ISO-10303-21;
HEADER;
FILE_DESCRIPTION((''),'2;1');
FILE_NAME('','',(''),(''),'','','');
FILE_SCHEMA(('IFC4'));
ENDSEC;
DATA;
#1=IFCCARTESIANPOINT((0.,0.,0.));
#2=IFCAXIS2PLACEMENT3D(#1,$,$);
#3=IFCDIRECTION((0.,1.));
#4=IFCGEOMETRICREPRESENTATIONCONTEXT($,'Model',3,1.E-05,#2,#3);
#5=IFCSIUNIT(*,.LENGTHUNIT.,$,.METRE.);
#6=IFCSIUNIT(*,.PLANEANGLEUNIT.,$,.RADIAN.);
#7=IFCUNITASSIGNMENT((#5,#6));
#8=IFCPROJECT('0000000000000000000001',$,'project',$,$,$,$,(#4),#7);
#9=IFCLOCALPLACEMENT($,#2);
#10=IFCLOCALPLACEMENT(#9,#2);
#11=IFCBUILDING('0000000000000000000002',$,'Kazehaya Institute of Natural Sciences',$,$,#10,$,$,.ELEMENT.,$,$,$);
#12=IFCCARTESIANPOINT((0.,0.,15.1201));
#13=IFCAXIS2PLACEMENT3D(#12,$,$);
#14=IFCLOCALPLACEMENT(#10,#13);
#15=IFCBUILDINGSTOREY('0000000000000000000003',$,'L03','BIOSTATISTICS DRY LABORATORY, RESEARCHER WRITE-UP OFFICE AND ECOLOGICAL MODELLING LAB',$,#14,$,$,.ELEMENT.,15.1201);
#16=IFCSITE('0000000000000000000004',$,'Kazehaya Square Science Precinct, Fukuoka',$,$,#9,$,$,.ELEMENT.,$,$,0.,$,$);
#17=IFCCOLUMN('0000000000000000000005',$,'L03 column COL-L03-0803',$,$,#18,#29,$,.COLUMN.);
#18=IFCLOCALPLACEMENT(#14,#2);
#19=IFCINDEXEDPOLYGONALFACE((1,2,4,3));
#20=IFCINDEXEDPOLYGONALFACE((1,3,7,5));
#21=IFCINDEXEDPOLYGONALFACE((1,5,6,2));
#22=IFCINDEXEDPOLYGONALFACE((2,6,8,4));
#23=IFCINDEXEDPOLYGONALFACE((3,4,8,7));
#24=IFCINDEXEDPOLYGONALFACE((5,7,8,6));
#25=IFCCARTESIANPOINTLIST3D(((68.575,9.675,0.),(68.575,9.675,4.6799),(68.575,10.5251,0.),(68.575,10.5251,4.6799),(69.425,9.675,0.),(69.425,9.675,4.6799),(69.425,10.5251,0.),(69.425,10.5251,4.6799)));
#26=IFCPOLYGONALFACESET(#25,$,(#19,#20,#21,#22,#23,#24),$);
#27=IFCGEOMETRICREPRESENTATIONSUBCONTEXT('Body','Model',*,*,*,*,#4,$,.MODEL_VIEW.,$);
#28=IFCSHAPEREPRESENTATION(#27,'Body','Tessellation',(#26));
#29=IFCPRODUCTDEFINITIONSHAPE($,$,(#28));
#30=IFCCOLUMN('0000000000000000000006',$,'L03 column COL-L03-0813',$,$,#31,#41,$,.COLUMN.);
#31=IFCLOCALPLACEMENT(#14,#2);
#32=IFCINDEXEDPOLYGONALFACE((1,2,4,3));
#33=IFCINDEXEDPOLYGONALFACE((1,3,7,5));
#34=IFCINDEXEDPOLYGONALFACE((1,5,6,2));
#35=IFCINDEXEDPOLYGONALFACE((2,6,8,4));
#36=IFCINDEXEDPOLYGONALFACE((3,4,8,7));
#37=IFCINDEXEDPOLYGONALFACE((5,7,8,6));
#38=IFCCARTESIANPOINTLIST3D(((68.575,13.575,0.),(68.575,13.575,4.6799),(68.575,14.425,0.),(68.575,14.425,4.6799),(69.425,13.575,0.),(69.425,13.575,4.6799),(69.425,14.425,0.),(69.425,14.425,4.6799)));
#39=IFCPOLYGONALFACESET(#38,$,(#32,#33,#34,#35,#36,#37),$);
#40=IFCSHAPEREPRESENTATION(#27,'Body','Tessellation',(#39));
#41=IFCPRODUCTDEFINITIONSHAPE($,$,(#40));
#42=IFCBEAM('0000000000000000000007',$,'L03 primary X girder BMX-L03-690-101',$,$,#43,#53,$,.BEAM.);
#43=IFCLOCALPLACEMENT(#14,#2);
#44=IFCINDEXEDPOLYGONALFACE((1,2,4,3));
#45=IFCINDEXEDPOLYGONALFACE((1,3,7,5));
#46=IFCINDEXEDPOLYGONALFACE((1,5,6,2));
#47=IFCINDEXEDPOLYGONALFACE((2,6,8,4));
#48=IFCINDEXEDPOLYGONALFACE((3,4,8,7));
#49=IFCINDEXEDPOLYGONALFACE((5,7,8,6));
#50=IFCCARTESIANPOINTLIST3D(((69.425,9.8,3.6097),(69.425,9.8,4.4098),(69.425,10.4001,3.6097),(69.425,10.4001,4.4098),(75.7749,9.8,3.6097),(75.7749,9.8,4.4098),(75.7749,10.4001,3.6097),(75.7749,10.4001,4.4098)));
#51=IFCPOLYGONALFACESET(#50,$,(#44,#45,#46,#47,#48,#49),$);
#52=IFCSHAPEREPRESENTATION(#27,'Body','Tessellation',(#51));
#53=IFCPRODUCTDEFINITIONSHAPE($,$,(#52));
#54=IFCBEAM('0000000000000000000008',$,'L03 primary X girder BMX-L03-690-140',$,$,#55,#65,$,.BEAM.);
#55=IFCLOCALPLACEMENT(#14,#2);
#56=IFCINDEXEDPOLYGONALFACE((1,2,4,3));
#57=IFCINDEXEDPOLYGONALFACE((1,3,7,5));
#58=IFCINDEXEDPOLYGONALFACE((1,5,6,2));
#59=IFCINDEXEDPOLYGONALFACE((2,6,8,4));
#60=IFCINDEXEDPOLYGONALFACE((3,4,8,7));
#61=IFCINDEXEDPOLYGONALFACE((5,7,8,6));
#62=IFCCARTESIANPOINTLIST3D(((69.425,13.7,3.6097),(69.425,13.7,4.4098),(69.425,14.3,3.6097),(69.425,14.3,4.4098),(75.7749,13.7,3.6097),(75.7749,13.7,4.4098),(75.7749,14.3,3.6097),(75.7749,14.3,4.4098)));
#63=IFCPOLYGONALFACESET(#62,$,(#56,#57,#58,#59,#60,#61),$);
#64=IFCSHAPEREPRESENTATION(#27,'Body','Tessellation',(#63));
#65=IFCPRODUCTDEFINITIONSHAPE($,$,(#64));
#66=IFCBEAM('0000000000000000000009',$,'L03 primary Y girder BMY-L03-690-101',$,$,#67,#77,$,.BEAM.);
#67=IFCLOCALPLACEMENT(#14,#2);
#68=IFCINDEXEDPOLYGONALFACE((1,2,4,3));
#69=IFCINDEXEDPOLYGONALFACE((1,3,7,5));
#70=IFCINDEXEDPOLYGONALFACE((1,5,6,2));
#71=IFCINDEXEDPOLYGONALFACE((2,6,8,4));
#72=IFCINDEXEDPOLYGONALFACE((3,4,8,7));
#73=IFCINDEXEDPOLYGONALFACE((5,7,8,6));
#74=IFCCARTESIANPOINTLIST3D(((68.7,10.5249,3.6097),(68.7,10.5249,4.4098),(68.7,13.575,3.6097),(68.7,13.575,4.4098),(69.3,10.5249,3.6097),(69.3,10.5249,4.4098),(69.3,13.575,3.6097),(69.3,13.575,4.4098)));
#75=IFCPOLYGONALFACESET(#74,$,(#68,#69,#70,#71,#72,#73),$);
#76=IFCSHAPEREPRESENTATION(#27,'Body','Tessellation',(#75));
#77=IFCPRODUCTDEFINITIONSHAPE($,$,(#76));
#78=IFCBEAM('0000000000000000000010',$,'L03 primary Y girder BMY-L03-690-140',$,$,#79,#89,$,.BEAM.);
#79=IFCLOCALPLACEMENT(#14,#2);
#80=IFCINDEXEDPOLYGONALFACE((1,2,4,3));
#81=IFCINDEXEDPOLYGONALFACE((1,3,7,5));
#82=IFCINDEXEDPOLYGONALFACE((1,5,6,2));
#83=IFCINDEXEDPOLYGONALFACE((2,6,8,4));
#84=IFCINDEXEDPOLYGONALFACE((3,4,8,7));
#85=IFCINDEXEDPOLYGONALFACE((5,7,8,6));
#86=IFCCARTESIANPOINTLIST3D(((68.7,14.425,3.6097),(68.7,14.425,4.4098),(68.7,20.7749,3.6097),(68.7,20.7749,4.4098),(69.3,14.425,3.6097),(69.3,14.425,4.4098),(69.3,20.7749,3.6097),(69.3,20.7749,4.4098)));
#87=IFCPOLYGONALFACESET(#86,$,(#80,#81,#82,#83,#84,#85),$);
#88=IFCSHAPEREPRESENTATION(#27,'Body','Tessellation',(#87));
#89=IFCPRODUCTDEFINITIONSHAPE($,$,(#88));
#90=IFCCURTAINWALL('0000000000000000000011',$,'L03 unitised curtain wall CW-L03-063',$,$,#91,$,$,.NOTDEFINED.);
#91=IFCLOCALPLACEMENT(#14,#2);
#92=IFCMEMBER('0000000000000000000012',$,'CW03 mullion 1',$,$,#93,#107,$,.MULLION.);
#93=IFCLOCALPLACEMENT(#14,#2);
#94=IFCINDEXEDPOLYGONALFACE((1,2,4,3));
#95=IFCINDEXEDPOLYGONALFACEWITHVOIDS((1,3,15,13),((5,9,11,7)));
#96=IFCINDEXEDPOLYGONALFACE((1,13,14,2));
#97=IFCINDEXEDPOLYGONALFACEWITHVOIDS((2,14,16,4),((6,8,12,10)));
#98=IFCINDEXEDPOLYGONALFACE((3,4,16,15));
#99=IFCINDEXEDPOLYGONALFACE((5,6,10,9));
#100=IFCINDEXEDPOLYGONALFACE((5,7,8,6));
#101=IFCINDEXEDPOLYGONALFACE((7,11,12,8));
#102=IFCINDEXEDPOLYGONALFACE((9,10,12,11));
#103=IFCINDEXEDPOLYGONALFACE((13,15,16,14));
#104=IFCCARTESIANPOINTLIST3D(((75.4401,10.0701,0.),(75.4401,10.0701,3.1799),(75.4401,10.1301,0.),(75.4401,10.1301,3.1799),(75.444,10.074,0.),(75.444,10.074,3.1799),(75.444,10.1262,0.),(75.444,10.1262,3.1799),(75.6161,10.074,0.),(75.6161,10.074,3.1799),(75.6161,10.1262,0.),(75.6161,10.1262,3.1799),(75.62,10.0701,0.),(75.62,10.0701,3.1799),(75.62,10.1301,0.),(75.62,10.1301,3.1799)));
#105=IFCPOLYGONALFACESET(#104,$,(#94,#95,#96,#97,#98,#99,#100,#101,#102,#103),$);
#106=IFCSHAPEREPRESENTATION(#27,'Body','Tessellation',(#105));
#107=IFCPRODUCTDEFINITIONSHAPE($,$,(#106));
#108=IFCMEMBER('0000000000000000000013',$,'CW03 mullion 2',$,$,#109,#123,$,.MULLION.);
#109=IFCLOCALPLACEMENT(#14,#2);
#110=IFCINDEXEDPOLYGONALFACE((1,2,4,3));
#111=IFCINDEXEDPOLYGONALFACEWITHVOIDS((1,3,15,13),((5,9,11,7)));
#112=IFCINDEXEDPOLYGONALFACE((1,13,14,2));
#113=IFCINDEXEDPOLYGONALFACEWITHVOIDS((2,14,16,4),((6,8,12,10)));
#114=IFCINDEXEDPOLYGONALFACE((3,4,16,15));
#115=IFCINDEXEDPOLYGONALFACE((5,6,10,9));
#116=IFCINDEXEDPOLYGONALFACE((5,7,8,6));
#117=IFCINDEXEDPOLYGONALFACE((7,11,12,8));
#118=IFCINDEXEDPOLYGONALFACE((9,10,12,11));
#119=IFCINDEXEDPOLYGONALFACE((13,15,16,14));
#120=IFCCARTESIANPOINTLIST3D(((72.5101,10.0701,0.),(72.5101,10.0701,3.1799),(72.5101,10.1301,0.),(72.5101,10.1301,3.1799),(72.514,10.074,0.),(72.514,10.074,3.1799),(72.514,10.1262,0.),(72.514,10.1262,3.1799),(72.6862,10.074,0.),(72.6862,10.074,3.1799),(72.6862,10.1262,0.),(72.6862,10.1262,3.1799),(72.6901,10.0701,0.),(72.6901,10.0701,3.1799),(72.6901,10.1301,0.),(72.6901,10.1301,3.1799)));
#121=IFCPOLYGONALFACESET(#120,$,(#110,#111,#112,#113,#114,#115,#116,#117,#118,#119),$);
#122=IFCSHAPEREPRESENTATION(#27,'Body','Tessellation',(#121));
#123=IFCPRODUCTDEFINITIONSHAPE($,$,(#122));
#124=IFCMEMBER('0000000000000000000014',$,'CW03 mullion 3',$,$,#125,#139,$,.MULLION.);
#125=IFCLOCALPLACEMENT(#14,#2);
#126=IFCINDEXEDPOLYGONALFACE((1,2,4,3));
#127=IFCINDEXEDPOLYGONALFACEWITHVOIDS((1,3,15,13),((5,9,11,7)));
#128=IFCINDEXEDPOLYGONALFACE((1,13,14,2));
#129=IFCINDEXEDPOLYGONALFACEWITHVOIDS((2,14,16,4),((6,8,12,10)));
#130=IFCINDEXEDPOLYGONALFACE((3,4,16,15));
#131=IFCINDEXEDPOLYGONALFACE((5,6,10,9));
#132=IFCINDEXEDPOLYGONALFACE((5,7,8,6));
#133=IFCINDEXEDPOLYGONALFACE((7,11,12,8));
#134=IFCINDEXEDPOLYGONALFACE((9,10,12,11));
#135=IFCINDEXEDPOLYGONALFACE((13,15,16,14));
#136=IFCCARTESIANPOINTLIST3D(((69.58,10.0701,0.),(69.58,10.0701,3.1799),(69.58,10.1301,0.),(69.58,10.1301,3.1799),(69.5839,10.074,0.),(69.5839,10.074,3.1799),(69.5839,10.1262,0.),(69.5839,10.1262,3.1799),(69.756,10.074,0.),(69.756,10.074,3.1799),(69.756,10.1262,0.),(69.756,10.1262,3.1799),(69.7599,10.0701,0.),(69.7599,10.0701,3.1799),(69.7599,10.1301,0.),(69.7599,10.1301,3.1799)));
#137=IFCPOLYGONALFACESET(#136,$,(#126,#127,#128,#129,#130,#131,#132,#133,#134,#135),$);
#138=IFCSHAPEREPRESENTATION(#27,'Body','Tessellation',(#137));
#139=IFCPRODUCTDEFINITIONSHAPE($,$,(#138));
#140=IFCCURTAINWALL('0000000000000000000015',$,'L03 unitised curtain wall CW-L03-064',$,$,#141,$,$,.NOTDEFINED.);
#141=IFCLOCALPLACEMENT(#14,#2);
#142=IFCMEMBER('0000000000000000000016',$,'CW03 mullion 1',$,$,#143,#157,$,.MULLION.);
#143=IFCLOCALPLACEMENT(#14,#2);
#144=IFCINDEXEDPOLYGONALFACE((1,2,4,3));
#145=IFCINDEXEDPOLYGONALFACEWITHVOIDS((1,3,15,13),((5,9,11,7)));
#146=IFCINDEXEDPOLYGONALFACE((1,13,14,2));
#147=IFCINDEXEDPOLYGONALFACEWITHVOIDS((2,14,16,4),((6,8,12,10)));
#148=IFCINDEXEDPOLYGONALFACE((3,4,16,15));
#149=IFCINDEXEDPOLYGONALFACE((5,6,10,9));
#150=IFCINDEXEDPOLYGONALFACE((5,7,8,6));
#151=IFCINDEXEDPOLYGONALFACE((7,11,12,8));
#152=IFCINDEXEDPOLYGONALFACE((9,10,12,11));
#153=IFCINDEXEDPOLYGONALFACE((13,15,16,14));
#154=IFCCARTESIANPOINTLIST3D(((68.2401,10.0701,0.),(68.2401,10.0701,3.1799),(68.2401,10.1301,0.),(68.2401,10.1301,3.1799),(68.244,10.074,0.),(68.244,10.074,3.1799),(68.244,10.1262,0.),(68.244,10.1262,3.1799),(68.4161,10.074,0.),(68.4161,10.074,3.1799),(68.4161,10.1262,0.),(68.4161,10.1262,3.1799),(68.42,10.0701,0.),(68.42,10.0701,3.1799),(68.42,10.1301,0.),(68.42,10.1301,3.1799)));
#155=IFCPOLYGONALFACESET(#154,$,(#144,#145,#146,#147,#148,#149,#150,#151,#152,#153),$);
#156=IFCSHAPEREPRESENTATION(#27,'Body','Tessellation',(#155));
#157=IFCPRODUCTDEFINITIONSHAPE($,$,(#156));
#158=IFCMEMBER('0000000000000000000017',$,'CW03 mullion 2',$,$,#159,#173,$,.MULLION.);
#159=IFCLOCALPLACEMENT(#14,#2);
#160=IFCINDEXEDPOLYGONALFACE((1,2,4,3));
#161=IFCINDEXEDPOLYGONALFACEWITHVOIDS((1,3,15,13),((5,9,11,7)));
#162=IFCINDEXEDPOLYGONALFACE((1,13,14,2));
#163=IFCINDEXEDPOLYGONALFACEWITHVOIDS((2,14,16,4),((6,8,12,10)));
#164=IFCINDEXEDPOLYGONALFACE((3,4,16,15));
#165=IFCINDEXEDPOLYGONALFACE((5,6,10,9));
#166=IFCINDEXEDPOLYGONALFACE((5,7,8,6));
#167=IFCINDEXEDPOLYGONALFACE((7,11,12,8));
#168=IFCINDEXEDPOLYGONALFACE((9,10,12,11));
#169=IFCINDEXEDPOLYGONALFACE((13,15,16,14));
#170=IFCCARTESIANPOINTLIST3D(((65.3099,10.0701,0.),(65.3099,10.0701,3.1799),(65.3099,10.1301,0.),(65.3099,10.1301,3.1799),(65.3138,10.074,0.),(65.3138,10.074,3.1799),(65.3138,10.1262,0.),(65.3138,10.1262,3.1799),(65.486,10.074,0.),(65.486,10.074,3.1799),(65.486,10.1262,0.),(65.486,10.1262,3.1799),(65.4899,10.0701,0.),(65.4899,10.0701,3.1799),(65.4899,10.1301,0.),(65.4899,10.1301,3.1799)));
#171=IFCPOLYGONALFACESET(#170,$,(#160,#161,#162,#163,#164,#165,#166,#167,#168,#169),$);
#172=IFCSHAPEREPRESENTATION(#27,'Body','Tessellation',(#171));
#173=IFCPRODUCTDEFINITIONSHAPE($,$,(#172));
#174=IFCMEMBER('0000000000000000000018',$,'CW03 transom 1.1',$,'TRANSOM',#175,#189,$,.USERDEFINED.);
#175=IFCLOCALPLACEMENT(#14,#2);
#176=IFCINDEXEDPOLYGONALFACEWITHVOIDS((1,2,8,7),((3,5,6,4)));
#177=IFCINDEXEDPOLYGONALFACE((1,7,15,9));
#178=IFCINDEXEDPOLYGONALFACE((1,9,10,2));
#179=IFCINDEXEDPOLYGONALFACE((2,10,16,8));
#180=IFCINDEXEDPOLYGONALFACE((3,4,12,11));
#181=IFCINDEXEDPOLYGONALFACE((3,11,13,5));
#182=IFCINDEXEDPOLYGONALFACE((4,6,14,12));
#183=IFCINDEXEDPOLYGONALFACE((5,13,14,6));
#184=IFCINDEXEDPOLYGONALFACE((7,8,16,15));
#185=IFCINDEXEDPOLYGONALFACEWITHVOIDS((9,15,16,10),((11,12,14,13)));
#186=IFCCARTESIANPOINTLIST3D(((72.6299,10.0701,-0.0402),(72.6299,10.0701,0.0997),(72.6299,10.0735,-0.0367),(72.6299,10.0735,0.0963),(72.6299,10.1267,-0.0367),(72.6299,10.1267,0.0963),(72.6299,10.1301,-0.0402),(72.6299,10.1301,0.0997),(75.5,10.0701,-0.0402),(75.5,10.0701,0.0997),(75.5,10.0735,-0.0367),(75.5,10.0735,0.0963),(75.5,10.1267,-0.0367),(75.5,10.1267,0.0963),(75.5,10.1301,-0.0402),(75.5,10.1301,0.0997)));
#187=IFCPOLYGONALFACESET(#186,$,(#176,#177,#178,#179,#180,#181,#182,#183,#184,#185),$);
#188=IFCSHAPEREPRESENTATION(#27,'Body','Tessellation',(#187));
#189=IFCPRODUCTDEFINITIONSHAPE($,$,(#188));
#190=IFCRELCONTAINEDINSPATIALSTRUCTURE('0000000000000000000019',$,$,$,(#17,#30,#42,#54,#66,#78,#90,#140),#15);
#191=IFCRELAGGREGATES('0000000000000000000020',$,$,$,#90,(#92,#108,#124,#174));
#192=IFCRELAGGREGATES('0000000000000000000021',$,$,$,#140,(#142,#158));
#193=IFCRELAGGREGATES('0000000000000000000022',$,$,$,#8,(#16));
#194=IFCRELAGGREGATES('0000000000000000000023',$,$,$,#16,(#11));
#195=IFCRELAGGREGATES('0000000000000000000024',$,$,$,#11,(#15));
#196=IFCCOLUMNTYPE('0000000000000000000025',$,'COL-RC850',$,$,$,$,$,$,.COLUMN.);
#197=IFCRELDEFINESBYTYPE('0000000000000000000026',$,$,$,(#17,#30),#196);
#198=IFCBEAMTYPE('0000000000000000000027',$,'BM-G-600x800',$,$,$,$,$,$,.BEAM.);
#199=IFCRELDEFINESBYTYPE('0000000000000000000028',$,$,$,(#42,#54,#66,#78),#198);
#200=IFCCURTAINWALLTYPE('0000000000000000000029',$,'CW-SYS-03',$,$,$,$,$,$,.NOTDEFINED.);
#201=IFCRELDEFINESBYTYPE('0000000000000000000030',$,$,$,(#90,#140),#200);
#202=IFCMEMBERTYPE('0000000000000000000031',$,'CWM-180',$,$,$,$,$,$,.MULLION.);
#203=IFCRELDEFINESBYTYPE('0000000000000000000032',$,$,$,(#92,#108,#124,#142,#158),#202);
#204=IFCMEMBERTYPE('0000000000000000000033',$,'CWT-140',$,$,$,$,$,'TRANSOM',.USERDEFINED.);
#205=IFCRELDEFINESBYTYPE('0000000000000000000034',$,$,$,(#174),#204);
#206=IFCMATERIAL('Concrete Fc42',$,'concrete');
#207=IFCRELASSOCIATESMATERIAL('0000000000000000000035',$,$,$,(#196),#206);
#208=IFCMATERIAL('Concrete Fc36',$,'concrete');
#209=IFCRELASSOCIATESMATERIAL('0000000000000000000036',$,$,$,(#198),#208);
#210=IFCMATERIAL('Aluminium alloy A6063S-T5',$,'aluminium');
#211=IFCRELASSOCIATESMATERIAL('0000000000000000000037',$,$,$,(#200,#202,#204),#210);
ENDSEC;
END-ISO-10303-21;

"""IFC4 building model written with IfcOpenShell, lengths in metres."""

from ifc_helpers import new_model, si_unit, direction, frame, origin, origin_2d, place, context, subcontext, project, spatial, rectangle, hollow_rectangle, extrude, material, material_profile, profile_set, type_object, element, aggregate, save


model = new_model("IFC4")

# Units and contexts
model_context = context("Model", 3, precision=1e-05, world=origin(), true_north=direction((0.0, 1.0)))
body_context = subcontext(model_context, "Body", "Model", "MODEL_VIEW")
ifc_project = project(units=[si_unit("LENGTHUNIT", "METRE"), si_unit("PLANEANGLEUNIT", "RADIAN")], contexts=[model_context])

# Site, building, storey
site_placement = place(None, origin())
site = spatial("IfcSite", under=ifc_project, at=site_placement, Name="Kazehaya Square Science Precinct, Fukuoka", CompositionType="ELEMENT", RefElevation=0.0)
building_placement = place(site_placement, origin())
building = spatial("IfcBuilding", under=site, at=building_placement, Name="Kazehaya Institute of Natural Sciences", CompositionType="ELEMENT")
storey_placement = place(building_placement, frame((0.0, 0.0, 15.1201)))
storey = spatial("IfcBuildingStorey", under=building, at=storey_placement, Name="L03", Description="BIOSTATISTICS DRY LABORATORY, RESEARCHER WRITE-UP OFFICE AND ECOLOGICAL MODELLING LAB", CompositionType="ELEMENT", Elevation=15.1201)

# Columns
ifc_material_1 = material(Name="Concrete Fc42", Category="concrete")
ifc_material_profile_1 = material_profile(ifc_material_1, rectangle(XDim=0.8501, YDim=0.8501, at=origin_2d()), Name="RC-850x850")
ifc_profile_set_1 = profile_set([ifc_material_profile_1], Name="Concrete Fc42")
column_type = type_object("IfcColumnType", Name="COL-RC850", PredefinedType="COLUMN", material=ifc_profile_set_1)
for number, where, z_axis, x_axis, name in (
    (1, (69.0, 10.1001, 0.0), (0.0, 0.0, 1.0), (1.0, 0.0, 0.0), "L03 column COL-L03-0803"),
    (2, (69.0, 14.0, 0.0), (0.0, 0.0, 1.0), (1.0, 0.0, 0.0), "L03 column COL-L03-0813"),
):
    element("IfcColumn", number, at=place(storey_placement, frame(where, z_axis=z_axis, x_axis=x_axis)), inside=storey, type_object=column_type, Name=name, PredefinedType="COLUMN", context=body_context, shape_type="SweptSolid", body=[
        extrude(rectangle(XDim=0.8501, YDim=0.8501, at=origin_2d()), origin(), (0.0, 0.0, 1.0), 4.6799),
    ])

# Beams
ifc_material_2 = material(Name="Concrete Fc36", Category="concrete")
ifc_material_profile_2 = material_profile(ifc_material_2, rectangle(XDim=0.6001, YDim=0.8, at=origin_2d()), Name="RC-600x800")
ifc_profile_set_2 = profile_set([ifc_material_profile_2], Name="Concrete Fc36")
beam_type = type_object("IfcBeamType", Name="BM-G-600x800", PredefinedType="BEAM", material=ifc_profile_set_2)
for number, where, z_axis, x_axis, name in (
    (3, (69.425, 10.1001, 4.0098), (1.0, 0.0, 0.0), (0.0, 1.0, 0.0), "L03 primary X girder BMX-L03-690-101"),
    (4, (69.425, 14.0, 4.0098), (1.0, 0.0, 0.0), (0.0, 1.0, 0.0), "L03 primary X girder BMX-L03-690-140"),
):
    element("IfcBeam", number, at=place(storey_placement, frame(where, z_axis=z_axis, x_axis=x_axis)), inside=storey, type_object=beam_type, Name=name, PredefinedType="BEAM", context=body_context, shape_type="SweptSolid", body=[
        extrude(rectangle(XDim=0.6001, YDim=0.8, at=origin_2d()), origin(), (0.0, 0.0, 1.0), 6.3499),
    ])
beam_1_placement = place(storey_placement, frame((69.0, 10.5249, 4.0098), z_axis=(0.0, 1.0, 0.0), x_axis=(-1.0, 0.0, 0.0)))
element("IfcBeam", 5, at=beam_1_placement, inside=storey, type_object=beam_type, Name="L03 primary Y girder BMY-L03-690-101", PredefinedType="BEAM", context=body_context, shape_type="SweptSolid", body=[
    extrude(rectangle(XDim=0.6001, YDim=0.8, at=origin_2d()), origin(), (0.0, 0.0, 1.0), 3.05),
])
beam_2_placement = place(storey_placement, frame((69.0, 14.425, 4.0098), z_axis=(0.0, 1.0, 0.0), x_axis=(-1.0, 0.0, 0.0)))
element("IfcBeam", 6, at=beam_2_placement, inside=storey, type_object=beam_type, Name="L03 primary Y girder BMY-L03-690-140", PredefinedType="BEAM", context=body_context, shape_type="SweptSolid", body=[
    extrude(rectangle(XDim=0.6001, YDim=0.8, at=origin_2d()), origin(), (0.0, 0.0, 1.0), 6.3499),
])

# Curtain walls, members
ifc_material_3 = material(Name="Aluminium alloy A6063S-T5", Category="aluminium")
curtain_wall_type = type_object("IfcCurtainWallType", Name="CW-SYS-03", PredefinedType="NOTDEFINED", material=ifc_material_3)
curtain_wall_1_placement = place(storey_placement, origin())
curtain_wall_1 = element("IfcCurtainWall", 7, at=curtain_wall_1_placement, inside=storey, type_object=curtain_wall_type, Name="L03 unitised curtain wall CW-L03-063", PredefinedType="NOTDEFINED")
ifc_material_profile_3 = material_profile(ifc_material_3, hollow_rectangle(XDim=0.0601, YDim=0.1799, WallThickness=0.0039, at=origin_2d()), Name="ALU-60x180x4")
ifc_profile_set_3 = profile_set([ifc_material_profile_3], Name="Aluminium alloy A6063S-T5")
member_type_1 = type_object("IfcMemberType", Name="CWM-180", PredefinedType="MULLION", material=ifc_profile_set_3)
member_1_placement = place(storey_placement, frame((75.53, 10.1001, 0.0), z_axis=(0.0, 0.0, 1.0), x_axis=(0.0, -1.0, 0.0)))
member_1 = element("IfcMember", 8, at=member_1_placement, type_object=member_type_1, Name="CW03 mullion 1", PredefinedType="MULLION", context=body_context, shape_type="SweptSolid", body=[
    extrude(hollow_rectangle(XDim=0.0601, YDim=0.1799, WallThickness=0.0039, at=origin_2d()), origin(), (0.0, 0.0, 1.0), 3.1799),
])
member_2_placement = place(storey_placement, frame((72.6001, 10.1001, 0.0), z_axis=(0.0, 0.0, 1.0), x_axis=(0.0, -1.0, 0.0)))
member_2 = element("IfcMember", 9, at=member_2_placement, type_object=member_type_1, Name="CW03 mullion 2", PredefinedType="MULLION", context=body_context, shape_type="SweptSolid", body=[
    extrude(hollow_rectangle(XDim=0.0601, YDim=0.1799, WallThickness=0.0039, at=origin_2d()), origin(), (0.0, 0.0, 1.0), 3.1799),
])
member_3_placement = place(storey_placement, frame((69.6699, 10.1001, 0.0), z_axis=(0.0, 0.0, 1.0), x_axis=(0.0, -1.0, 0.0)))
member_3 = element("IfcMember", 10, at=member_3_placement, type_object=member_type_1, Name="CW03 mullion 3", PredefinedType="MULLION", context=body_context, shape_type="SweptSolid", body=[
    extrude(hollow_rectangle(XDim=0.0601, YDim=0.1799, WallThickness=0.0039, at=origin_2d()), origin(), (0.0, 0.0, 1.0), 3.1799),
])
curtain_wall_2_placement = place(storey_placement, origin())
curtain_wall_2 = element("IfcCurtainWall", 11, at=curtain_wall_2_placement, inside=storey, type_object=curtain_wall_type, Name="L03 unitised curtain wall CW-L03-064", PredefinedType="NOTDEFINED")
member_4_placement = place(storey_placement, frame((68.3301, 10.1001, 0.0), z_axis=(0.0, 0.0, 1.0), x_axis=(0.0, -1.0, 0.0)))
member_4 = element("IfcMember", 12, at=member_4_placement, type_object=member_type_1, Name="CW03 mullion 1", PredefinedType="MULLION", context=body_context, shape_type="SweptSolid", body=[
    extrude(hollow_rectangle(XDim=0.0601, YDim=0.1799, WallThickness=0.0039, at=origin_2d()), origin(), (0.0, 0.0, 1.0), 3.1799),
])
member_5_placement = place(storey_placement, frame((65.3999, 10.1001, 0.0), z_axis=(0.0, 0.0, 1.0), x_axis=(0.0, -1.0, 0.0)))
member_5 = element("IfcMember", 13, at=member_5_placement, type_object=member_type_1, Name="CW03 mullion 2", PredefinedType="MULLION", context=body_context, shape_type="SweptSolid", body=[
    extrude(hollow_rectangle(XDim=0.0601, YDim=0.1799, WallThickness=0.0039, at=origin_2d()), origin(), (0.0, 0.0, 1.0), 3.1799),
])

# Member
ifc_material_profile_4 = material_profile(ifc_material_3, hollow_rectangle(XDim=0.0601, YDim=0.1399, WallThickness=0.0034, at=origin_2d()), Name="ALU-60x140x3.5")
ifc_profile_set_4 = profile_set([ifc_material_profile_4], Name="Aluminium alloy A6063S-T5")
member_type_2 = type_object("IfcMemberType", Name="CWT-140", ElementType="TRANSOM", PredefinedType="USERDEFINED", material=ifc_profile_set_4)
member_6_placement = place(storey_placement, frame((75.5, 10.1001, 0.0298), z_axis=(-1.0, 0.0, 0.0), x_axis=(0.0, -1.0, 0.0)))
member_6 = element("IfcMember", 14, at=member_6_placement, type_object=member_type_2, Name="CW03 transom 1.1", ObjectType="TRANSOM", PredefinedType="USERDEFINED", context=body_context, shape_type="SweptSolid", body=[
    extrude(hollow_rectangle(XDim=0.0601, YDim=0.1399, WallThickness=0.0034, at=origin_2d()), origin(), (0.0, 0.0, 1.0), 2.8701),
])

aggregate(curtain_wall_1, [member_1, member_2, member_3, member_6])
aggregate(curtain_wall_2, [member_4, member_5])

save(model, "model.ifc")
